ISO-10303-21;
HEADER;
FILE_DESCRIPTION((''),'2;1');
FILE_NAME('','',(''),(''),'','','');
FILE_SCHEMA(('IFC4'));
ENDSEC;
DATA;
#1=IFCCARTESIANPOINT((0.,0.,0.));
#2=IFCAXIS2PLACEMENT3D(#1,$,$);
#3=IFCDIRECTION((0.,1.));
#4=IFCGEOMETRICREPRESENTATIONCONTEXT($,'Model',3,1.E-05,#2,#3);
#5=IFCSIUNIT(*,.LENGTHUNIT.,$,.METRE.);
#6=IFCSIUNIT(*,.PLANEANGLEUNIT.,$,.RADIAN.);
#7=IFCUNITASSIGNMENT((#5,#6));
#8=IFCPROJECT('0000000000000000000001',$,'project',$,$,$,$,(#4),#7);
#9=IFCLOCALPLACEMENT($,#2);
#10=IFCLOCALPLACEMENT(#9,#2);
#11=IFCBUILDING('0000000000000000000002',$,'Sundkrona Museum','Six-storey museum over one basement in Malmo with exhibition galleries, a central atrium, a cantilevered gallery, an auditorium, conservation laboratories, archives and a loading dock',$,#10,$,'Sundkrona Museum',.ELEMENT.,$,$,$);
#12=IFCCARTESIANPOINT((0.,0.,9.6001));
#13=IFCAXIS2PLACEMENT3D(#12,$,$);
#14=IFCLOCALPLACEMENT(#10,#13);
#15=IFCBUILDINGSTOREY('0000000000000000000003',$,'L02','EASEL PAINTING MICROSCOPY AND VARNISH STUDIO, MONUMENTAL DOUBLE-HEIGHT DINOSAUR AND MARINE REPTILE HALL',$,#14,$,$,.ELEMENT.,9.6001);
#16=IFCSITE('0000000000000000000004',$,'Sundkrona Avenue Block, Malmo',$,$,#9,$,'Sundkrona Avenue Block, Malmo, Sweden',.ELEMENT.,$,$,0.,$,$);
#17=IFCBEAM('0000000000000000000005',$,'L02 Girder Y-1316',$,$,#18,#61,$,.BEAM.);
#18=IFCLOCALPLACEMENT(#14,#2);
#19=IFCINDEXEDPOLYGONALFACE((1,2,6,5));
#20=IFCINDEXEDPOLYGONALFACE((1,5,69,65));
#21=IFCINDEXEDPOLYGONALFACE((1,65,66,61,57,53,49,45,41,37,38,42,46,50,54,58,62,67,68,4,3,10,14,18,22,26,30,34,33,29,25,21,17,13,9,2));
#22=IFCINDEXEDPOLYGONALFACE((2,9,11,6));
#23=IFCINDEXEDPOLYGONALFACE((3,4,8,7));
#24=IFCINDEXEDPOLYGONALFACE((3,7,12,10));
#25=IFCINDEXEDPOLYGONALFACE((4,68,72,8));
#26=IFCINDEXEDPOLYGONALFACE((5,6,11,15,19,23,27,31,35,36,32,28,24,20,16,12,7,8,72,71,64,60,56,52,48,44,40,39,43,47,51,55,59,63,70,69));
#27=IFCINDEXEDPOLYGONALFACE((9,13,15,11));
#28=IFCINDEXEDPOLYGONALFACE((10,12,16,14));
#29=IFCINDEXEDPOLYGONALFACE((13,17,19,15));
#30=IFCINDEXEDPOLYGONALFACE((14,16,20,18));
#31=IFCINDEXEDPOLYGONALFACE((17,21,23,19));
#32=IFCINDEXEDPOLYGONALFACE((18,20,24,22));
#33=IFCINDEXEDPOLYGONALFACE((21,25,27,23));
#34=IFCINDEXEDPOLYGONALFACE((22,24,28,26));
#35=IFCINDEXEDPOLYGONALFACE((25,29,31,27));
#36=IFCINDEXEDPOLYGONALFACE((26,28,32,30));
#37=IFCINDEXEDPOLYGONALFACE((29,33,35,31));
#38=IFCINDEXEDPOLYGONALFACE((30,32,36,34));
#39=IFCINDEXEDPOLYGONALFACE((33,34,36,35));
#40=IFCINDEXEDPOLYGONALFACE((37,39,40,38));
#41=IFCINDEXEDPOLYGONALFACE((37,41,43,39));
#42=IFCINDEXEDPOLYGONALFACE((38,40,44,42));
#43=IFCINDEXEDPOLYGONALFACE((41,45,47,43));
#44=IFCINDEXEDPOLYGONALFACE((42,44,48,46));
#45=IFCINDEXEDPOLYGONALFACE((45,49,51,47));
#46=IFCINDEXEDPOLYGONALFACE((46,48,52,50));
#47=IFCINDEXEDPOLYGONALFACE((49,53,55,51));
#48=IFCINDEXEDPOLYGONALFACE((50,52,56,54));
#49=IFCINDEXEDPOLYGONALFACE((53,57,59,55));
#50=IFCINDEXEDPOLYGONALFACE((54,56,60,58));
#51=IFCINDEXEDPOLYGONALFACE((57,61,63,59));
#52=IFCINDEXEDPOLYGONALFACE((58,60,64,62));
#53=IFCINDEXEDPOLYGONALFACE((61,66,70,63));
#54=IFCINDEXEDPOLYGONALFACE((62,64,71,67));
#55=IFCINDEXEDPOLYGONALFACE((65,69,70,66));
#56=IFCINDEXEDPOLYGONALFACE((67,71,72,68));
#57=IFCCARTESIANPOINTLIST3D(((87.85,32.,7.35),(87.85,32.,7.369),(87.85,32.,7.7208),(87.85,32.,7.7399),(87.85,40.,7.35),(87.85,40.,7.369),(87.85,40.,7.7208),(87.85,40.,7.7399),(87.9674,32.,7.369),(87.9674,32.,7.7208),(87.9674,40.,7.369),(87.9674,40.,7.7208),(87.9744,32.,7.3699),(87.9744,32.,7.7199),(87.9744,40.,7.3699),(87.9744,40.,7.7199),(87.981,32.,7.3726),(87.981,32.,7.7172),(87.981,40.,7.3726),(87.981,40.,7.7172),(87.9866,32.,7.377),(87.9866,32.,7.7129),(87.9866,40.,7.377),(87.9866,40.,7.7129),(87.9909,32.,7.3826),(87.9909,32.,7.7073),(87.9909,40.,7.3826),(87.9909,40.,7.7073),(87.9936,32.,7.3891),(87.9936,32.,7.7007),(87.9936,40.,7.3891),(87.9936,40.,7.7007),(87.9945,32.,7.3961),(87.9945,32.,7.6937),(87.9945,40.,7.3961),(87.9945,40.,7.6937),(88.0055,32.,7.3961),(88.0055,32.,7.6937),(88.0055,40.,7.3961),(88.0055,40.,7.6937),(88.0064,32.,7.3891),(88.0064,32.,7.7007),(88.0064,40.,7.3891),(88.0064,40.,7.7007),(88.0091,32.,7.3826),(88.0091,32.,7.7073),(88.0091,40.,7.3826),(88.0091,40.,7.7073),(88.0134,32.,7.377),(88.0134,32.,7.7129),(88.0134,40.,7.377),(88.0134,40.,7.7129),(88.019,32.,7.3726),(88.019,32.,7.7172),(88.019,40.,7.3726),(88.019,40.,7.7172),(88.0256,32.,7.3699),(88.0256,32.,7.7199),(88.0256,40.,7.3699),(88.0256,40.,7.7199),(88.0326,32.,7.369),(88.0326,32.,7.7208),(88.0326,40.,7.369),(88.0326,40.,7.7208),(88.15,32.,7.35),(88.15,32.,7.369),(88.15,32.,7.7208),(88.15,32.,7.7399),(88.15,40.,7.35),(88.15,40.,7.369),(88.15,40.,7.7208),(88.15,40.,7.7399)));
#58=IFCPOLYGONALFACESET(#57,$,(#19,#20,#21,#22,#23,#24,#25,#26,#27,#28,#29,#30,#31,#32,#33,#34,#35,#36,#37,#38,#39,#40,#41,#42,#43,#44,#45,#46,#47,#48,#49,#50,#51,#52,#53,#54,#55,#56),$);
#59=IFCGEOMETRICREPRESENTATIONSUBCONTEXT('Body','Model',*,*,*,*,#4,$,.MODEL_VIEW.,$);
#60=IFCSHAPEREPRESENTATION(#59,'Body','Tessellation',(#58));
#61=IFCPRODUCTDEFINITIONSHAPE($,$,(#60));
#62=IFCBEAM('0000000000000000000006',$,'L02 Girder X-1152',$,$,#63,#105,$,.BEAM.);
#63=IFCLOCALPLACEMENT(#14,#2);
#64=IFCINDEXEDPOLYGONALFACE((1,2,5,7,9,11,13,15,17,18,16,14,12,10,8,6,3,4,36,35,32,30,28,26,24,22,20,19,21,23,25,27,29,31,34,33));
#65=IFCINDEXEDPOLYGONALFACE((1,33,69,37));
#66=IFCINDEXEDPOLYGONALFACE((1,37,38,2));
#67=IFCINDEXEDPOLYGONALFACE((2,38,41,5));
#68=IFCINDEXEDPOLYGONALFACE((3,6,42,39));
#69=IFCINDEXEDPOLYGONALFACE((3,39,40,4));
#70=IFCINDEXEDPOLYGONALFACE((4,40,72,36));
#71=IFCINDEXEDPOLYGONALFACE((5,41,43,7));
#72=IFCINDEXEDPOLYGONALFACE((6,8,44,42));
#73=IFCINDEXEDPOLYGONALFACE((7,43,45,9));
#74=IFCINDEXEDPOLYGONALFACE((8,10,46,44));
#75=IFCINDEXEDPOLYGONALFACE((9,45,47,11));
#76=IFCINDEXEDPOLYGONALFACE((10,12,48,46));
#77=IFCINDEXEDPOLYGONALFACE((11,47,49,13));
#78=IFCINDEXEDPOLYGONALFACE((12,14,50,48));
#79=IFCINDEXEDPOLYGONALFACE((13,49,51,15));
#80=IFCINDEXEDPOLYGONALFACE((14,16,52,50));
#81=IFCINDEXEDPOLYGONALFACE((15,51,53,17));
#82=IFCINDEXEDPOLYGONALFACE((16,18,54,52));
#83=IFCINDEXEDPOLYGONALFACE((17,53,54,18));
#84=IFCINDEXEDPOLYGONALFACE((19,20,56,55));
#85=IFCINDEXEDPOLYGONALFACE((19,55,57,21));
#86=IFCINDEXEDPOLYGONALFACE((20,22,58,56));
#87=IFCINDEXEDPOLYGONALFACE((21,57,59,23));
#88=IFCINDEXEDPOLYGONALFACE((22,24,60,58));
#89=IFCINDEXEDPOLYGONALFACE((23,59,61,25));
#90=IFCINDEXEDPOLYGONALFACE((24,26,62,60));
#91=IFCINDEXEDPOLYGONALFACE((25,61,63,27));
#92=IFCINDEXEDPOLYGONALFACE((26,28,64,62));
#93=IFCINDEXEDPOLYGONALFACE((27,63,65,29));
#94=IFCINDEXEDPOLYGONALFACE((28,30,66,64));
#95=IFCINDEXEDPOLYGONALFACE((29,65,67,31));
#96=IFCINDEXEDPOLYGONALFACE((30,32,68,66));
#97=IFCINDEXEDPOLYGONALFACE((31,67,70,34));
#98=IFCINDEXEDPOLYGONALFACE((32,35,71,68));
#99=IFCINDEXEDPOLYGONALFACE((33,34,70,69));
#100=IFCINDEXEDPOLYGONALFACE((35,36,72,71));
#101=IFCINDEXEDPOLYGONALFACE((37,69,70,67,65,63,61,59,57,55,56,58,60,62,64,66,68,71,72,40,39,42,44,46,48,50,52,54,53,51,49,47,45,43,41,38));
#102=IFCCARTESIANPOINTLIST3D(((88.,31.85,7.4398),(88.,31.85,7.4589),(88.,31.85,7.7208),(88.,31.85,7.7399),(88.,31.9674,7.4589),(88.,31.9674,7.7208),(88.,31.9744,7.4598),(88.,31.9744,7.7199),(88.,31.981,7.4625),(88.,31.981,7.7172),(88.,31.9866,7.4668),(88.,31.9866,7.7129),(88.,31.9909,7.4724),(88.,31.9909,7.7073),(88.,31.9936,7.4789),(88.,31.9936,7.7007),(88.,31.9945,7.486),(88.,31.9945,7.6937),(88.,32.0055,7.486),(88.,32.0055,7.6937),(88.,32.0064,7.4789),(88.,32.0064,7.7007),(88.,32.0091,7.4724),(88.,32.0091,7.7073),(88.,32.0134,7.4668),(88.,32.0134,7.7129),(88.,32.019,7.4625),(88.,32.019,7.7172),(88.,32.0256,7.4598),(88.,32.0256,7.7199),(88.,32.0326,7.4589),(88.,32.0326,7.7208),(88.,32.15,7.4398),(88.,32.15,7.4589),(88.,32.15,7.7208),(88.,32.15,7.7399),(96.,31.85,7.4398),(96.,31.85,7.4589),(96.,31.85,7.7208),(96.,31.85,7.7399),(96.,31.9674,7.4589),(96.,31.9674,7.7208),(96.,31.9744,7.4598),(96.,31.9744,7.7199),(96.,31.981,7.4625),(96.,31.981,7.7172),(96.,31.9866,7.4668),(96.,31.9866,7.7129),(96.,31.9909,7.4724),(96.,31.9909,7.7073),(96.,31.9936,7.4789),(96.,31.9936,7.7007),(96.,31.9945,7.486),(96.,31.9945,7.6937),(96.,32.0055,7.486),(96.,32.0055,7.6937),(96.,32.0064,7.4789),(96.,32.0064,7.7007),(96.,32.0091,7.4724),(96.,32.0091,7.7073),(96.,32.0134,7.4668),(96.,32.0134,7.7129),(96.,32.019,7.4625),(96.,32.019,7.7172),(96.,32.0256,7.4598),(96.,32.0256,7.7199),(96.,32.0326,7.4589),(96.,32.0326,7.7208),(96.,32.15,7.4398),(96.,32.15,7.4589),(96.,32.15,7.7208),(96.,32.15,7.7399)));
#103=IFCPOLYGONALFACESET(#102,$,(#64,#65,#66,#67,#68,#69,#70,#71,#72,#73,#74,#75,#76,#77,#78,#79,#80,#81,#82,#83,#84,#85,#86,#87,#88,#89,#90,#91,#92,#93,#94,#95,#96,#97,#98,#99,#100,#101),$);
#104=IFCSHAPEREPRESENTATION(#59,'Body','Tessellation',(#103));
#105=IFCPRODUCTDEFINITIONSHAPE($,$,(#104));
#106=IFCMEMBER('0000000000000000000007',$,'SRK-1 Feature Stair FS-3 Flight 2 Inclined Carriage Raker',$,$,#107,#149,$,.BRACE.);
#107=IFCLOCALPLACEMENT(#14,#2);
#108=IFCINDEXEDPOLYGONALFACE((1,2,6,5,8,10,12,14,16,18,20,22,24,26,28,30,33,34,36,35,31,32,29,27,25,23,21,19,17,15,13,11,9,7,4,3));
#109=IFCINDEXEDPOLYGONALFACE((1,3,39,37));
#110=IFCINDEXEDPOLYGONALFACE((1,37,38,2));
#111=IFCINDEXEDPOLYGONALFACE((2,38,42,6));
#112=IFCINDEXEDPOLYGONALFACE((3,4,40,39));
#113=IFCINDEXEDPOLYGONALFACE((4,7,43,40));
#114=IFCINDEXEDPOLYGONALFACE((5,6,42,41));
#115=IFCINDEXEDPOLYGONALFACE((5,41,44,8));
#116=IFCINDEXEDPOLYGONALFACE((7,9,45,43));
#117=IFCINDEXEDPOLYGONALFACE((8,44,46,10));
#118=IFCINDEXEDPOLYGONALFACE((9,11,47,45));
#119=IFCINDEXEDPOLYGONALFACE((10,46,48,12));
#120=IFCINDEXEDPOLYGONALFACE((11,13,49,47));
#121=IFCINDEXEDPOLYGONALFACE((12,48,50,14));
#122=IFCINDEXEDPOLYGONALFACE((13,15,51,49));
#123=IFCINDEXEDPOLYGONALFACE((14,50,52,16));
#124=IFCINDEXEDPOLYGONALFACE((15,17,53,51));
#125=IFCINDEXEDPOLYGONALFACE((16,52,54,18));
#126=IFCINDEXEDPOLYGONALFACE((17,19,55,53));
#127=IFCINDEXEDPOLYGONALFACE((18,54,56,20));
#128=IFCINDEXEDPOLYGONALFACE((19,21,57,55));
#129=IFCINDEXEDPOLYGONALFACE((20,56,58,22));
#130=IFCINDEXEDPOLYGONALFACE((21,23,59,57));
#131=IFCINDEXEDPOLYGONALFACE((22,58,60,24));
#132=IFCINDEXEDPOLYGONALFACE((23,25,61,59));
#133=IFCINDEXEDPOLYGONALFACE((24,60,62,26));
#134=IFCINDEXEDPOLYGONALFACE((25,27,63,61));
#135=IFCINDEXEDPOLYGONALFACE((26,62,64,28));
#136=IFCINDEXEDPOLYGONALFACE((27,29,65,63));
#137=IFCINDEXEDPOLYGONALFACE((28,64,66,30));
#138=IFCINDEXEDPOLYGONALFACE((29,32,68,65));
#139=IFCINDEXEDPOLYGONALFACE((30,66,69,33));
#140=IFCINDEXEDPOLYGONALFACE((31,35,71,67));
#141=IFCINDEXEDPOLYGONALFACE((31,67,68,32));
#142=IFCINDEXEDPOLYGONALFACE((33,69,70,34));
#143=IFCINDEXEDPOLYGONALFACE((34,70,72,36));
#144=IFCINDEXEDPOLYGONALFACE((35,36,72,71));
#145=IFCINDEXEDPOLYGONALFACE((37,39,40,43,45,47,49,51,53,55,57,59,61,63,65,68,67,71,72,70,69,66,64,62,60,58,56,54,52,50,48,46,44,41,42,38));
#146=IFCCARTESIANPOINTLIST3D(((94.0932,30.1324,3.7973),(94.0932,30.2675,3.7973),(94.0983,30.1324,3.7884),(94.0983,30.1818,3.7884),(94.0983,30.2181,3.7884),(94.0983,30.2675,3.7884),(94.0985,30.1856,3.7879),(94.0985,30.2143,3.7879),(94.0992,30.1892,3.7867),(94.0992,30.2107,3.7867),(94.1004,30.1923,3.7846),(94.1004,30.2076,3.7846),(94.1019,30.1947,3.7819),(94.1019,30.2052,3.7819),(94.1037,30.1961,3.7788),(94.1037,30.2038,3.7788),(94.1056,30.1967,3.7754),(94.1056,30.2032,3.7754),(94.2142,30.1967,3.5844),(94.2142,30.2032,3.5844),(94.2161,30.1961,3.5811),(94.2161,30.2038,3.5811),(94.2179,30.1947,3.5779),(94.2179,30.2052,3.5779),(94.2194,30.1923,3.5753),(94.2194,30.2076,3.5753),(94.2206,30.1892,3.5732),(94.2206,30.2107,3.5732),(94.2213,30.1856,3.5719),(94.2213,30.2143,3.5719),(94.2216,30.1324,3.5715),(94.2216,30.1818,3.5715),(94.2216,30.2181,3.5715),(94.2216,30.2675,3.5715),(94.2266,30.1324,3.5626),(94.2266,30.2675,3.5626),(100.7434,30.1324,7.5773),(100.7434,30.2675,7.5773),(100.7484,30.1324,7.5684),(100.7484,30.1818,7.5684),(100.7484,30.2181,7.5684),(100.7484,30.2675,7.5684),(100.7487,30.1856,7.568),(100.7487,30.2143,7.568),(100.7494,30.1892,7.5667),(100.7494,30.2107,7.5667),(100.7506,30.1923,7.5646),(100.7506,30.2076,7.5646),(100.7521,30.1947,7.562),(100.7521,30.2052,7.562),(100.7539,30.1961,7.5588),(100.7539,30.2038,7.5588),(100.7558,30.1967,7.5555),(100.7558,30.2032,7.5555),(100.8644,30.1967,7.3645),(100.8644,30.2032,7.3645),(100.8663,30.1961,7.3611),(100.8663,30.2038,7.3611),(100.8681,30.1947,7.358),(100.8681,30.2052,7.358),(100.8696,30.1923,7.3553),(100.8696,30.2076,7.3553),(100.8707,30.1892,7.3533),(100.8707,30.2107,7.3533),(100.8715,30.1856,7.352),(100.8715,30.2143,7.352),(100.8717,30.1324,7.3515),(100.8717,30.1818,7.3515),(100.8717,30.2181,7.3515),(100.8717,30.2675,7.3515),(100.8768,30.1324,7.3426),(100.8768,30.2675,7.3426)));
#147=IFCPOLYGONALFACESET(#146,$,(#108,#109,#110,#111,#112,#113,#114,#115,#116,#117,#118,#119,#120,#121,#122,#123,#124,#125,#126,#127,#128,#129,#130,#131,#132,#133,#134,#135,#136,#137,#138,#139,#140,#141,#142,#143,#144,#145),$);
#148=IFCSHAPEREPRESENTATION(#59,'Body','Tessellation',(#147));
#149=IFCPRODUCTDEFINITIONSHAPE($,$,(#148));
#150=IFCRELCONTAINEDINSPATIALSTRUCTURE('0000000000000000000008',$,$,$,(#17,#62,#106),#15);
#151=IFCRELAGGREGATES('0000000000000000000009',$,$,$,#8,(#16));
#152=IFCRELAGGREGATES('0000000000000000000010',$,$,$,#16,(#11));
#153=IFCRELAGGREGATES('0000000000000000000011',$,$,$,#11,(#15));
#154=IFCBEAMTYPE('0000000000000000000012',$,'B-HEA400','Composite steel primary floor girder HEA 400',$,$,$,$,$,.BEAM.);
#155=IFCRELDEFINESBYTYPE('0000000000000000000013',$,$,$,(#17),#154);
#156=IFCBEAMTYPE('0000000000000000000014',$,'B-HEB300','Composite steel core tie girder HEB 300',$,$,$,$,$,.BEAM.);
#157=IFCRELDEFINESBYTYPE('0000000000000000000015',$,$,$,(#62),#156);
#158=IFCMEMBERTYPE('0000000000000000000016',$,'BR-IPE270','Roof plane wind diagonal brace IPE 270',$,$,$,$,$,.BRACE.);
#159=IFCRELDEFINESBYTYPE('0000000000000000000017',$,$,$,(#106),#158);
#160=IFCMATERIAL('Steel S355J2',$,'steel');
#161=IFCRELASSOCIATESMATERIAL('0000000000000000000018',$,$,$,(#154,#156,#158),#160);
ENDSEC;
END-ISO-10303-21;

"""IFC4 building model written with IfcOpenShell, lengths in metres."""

from ifc_helpers import new_model, si_unit, direction, frame, origin, origin_2d, place, context, subcontext, project, spatial, i_section, extrude, material, material_profile, profile_set, type_object, element, save


model = new_model("IFC4")

# Units and contexts
model_context = context("Model", 3, precision=1e-05, world=origin(), true_north=direction((0.0, 1.0)))
body_context = subcontext(model_context, "Body", "Model", "MODEL_VIEW")
ifc_project = project(units=[si_unit("LENGTHUNIT", "METRE"), si_unit("PLANEANGLEUNIT", "RADIAN")], contexts=[model_context])

# Site, building, storey
site_placement = place(None, origin())
site = spatial("IfcSite", under=ifc_project, at=site_placement, Name="Sundkrona Avenue Block, Malmo", LongName="Sundkrona Avenue Block, Malmo, Sweden", CompositionType="ELEMENT", RefElevation=0.0)
building_placement = place(site_placement, origin())
building = spatial("IfcBuilding", under=site, at=building_placement, Name="Sundkrona Museum", Description="Six-storey museum over one basement in Malmo with exhibition galleries, a central atrium, a cantilevered gallery, an auditorium, conservation laboratories, archives and a loading dock", LongName="Sundkrona Museum", CompositionType="ELEMENT")
storey_placement = place(building_placement, frame((0.0, 0.0, 9.6001)))
storey = spatial("IfcBuildingStorey", under=building, at=storey_placement, Name="L02", Description="EASEL PAINTING MICROSCOPY AND VARNISH STUDIO, MONUMENTAL DOUBLE-HEIGHT DINOSAUR AND MARINE REPTILE HALL", CompositionType="ELEMENT", Elevation=9.6001)

# Shared definitions
ifc_material_1 = material(Name="Steel S355J2", Category="steel")

# Beams
ifc_material_profile_1 = material_profile(ifc_material_1, i_section(OverallWidth=0.3, OverallDepth=0.3899, WebThickness=0.011, FlangeThickness=0.019, FilletRadius=0.0271, at=origin_2d()), Name="HEA 400")
ifc_profile_set_1 = profile_set([ifc_material_profile_1], Name="Steel S355J2")
beam_type_1 = type_object("IfcBeamType", Name="B-HEA400", Description="Composite steel primary floor girder HEA 400", PredefinedType="BEAM", material=ifc_profile_set_1)
beam_1_placement = place(storey_placement, frame((88.0, 32.0, 7.5449), z_axis=(0.0, 1.0, 0.0), x_axis=(-1.0, 0.0, 0.0)))
element("IfcBeam", 1, at=beam_1_placement, inside=storey, type_object=beam_type_1, Name="L02 Girder Y-1316", PredefinedType="BEAM", context=body_context, shape_type="SweptSolid", body=[
    extrude(i_section(OverallWidth=0.3, OverallDepth=0.3899, WebThickness=0.011, FlangeThickness=0.019, FilletRadius=0.0271, at=origin_2d()), origin(), (0.0, 0.0, 1.0), 8.0),
])
ifc_material_profile_2 = material_profile(ifc_material_1, i_section(OverallWidth=0.3, OverallDepth=0.3, WebThickness=0.011, FlangeThickness=0.019, FilletRadius=0.0271, at=origin_2d()), Name="HEB 300")
ifc_profile_set_2 = profile_set([ifc_material_profile_2], Name="Steel S355J2")
beam_type_2 = type_object("IfcBeamType", Name="B-HEB300", Description="Composite steel core tie girder HEB 300", PredefinedType="BEAM", material=ifc_profile_set_2)
beam_2_placement = place(storey_placement, frame((88.0, 32.0, 7.5898), z_axis=(1.0, 0.0, 0.0), x_axis=(0.0, 1.0, 0.0)))
element("IfcBeam", 2, at=beam_2_placement, inside=storey, type_object=beam_type_2, Name="L02 Girder X-1152", PredefinedType="BEAM", context=body_context, shape_type="SweptSolid", body=[
    extrude(i_section(OverallWidth=0.3, OverallDepth=0.3, WebThickness=0.011, FlangeThickness=0.019, FilletRadius=0.0271, at=origin_2d()), origin(), (0.0, 0.0, 1.0), 8.0),
])

# Member
ifc_material_profile_3 = material_profile(ifc_material_1, i_section(OverallWidth=0.135, OverallDepth=0.27, WebThickness=0.0066, FlangeThickness=0.0103, FilletRadius=0.0149, at=origin_2d()), Name="IPE 270")
ifc_profile_set_3 = profile_set([ifc_material_profile_3], Name="Steel S355J2")
member_type_1 = type_object("IfcMemberType", Name="BR-IPE270", Description="Roof plane wind diagonal brace IPE 270", PredefinedType="BRACE", material=ifc_profile_set_3)
member_1_placement = place(storey_placement, frame((94.1599, 30.2, 3.6799), z_axis=(0.86937, 0.0, 0.494161), x_axis=(0.0, 1.0, 0.0)))
element("IfcMember", 3, at=member_1_placement, inside=storey, type_object=member_type_1, Name="SRK-1 Feature Stair FS-3 Flight 2 Inclined Carriage Raker", PredefinedType="BRACE", context=body_context, shape_type="SweptSolid", body=[
    extrude(i_section(OverallWidth=0.135, OverallDepth=0.27, WebThickness=0.0066, FlangeThickness=0.0103, FilletRadius=0.0149, at=origin_2d()), origin(), (0.0, 0.0, 1.0), 7.6494),
])

save(model, "model.ifc")
